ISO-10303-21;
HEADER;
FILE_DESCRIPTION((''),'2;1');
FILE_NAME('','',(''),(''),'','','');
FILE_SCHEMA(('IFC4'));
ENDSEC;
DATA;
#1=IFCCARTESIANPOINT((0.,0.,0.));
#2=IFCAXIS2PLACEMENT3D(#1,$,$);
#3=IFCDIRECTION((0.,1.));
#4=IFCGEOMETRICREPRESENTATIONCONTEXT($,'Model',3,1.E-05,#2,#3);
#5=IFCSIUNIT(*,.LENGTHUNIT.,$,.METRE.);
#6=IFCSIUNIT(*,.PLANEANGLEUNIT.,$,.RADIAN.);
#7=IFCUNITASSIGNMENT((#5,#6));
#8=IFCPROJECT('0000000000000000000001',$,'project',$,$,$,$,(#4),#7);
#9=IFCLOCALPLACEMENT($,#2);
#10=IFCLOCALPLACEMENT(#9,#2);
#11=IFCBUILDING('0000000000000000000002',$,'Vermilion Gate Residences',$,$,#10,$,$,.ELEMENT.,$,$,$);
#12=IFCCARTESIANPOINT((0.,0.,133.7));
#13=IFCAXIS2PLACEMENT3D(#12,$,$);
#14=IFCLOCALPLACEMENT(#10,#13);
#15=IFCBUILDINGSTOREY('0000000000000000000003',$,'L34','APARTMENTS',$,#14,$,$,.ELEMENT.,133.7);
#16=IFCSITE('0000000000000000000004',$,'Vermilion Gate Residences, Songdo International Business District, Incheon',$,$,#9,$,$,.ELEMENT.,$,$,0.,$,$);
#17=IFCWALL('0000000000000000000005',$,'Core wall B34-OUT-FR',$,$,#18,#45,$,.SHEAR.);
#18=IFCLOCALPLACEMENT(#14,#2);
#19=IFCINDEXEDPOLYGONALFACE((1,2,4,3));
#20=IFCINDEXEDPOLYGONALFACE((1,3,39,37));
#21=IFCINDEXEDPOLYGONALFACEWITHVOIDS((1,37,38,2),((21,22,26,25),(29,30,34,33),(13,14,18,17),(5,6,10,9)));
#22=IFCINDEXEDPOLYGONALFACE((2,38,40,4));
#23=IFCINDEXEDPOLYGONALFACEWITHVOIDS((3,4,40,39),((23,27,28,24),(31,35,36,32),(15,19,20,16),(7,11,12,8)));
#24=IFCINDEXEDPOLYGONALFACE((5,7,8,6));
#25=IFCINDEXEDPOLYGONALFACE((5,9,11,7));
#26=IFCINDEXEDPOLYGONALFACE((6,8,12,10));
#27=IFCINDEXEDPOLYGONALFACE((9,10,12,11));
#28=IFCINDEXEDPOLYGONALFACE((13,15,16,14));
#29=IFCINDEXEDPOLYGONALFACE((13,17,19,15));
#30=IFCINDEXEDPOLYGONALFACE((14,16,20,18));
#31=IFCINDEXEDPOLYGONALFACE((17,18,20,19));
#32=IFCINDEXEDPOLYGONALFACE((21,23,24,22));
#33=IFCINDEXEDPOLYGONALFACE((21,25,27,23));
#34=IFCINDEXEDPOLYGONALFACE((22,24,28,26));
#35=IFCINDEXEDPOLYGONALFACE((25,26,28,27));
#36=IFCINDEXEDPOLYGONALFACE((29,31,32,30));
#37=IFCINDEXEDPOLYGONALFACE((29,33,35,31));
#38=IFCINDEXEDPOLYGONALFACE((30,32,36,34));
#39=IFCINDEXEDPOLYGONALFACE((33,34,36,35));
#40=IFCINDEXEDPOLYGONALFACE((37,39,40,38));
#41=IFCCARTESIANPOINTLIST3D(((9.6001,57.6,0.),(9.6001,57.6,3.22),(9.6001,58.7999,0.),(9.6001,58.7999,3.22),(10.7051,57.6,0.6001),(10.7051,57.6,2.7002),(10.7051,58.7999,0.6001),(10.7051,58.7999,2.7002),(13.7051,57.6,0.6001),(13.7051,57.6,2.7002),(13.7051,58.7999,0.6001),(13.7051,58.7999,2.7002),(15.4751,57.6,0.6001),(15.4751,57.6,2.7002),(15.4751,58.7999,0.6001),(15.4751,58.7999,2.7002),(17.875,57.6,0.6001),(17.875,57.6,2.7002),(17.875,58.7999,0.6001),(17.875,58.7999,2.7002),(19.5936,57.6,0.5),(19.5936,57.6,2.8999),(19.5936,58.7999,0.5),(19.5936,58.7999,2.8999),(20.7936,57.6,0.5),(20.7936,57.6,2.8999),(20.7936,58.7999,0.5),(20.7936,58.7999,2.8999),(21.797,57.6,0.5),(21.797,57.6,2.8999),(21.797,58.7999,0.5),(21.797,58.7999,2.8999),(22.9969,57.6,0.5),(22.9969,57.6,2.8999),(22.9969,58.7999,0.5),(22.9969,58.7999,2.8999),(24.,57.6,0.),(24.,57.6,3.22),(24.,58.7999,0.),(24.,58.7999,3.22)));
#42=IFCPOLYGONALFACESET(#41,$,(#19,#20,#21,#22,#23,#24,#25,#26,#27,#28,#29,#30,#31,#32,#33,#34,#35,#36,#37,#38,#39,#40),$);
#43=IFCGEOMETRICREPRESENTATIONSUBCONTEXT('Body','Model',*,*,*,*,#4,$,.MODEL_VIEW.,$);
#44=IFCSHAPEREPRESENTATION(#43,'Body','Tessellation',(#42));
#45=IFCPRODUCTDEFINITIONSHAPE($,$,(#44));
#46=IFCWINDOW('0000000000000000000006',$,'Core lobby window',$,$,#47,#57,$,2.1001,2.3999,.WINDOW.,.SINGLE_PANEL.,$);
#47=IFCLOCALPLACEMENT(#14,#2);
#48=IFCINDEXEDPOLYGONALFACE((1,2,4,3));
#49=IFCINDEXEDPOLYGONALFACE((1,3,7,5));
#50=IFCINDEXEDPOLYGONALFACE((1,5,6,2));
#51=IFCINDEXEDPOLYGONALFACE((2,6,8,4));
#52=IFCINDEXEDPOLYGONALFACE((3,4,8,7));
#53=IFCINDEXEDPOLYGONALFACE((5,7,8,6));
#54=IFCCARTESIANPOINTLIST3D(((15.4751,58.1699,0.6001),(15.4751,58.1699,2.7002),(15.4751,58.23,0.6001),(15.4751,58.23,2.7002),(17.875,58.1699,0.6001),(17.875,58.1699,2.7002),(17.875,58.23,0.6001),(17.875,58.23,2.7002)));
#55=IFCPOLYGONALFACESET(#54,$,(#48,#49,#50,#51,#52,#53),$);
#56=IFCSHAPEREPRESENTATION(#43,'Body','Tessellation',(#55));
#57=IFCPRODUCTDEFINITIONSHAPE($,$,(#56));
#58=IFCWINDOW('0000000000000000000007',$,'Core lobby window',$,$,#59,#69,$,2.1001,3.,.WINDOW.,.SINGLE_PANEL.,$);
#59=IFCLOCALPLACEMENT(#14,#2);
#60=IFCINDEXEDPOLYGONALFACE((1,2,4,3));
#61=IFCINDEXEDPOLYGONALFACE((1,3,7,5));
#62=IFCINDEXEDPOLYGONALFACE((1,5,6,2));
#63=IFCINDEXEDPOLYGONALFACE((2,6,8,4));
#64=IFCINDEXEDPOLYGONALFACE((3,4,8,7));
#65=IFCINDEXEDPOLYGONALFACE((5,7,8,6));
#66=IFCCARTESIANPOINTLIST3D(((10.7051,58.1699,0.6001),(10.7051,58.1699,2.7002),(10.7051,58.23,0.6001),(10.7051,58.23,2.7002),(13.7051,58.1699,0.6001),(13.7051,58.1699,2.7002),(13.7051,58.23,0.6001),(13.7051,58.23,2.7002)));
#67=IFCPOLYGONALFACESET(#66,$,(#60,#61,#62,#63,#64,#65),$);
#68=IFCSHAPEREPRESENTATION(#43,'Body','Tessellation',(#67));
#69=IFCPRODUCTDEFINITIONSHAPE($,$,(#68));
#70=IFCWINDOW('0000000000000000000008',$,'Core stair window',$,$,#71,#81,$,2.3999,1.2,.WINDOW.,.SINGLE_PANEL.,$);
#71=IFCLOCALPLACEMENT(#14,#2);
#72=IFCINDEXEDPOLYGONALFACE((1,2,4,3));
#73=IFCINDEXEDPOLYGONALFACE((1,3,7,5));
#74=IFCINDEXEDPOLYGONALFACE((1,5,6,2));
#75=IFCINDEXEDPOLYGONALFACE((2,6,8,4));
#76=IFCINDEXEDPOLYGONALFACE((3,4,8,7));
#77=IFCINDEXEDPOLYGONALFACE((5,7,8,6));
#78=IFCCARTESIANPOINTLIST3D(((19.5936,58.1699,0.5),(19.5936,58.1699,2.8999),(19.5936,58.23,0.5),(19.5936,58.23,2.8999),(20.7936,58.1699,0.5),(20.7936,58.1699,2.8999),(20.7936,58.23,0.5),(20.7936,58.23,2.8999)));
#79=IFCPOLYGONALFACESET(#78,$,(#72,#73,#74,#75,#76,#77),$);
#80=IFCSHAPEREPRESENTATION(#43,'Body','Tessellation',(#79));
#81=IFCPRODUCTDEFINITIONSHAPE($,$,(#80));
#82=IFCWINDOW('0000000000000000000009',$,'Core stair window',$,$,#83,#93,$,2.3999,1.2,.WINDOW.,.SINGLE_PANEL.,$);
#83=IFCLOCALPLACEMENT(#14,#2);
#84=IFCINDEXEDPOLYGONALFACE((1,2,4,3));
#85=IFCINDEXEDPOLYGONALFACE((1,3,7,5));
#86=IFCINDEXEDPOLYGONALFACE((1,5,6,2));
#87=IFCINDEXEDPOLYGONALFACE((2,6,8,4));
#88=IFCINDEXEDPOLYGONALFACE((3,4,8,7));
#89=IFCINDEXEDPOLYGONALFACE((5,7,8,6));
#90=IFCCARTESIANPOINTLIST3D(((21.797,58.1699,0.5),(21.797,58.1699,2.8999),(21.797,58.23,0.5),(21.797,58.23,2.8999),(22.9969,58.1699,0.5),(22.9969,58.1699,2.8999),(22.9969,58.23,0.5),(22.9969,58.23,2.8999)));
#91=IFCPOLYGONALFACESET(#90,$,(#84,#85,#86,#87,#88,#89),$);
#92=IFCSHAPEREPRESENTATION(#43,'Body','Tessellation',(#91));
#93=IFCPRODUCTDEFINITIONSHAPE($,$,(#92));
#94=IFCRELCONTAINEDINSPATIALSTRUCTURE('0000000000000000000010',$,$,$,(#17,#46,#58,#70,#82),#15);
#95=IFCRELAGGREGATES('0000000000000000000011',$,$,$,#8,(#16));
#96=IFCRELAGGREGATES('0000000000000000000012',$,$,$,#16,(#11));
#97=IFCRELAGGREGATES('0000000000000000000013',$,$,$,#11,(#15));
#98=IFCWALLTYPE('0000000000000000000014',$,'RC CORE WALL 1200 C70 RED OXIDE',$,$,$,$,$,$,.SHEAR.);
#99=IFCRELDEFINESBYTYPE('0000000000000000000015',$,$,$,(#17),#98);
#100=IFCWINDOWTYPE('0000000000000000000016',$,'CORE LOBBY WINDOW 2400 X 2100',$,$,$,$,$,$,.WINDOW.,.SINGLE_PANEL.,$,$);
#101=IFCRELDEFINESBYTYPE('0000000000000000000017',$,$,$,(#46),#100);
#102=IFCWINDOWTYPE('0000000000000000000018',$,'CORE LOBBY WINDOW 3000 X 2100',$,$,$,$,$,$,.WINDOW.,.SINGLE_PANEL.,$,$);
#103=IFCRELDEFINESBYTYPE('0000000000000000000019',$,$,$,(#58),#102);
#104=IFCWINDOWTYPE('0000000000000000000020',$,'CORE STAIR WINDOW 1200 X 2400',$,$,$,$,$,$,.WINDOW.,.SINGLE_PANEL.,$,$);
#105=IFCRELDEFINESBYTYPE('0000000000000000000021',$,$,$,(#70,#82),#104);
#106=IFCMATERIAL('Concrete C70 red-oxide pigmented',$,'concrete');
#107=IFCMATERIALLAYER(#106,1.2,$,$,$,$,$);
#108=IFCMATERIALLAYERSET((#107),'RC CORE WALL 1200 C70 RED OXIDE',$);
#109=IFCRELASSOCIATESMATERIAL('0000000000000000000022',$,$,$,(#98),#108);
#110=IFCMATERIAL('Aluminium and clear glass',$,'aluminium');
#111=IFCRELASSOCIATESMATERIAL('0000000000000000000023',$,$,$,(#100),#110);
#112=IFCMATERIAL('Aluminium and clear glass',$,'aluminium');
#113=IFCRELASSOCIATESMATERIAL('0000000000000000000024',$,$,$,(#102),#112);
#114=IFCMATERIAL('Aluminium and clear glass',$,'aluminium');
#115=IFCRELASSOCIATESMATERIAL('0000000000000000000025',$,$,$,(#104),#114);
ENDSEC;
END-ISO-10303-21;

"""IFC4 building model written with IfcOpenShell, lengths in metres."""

from ifc_helpers import new_model, si_unit, direction, frame, frame_2d, origin, place, context, subcontext, project, spatial, rectangle, extrude, material, layer, layer_set, type_object, element, fill, save


model = new_model("IFC4")

# Units and contexts
model_context = context("Model", 3, precision=1e-05, world=origin(), true_north=direction((0.0, 1.0)))
body_context = subcontext(model_context, "Body", "Model", "MODEL_VIEW")
ifc_project = project(units=[si_unit("LENGTHUNIT", "METRE"), si_unit("PLANEANGLEUNIT", "RADIAN")], contexts=[model_context])

# Site, building, storey
site_placement = place(None, origin())
site = spatial("IfcSite", under=ifc_project, at=site_placement, Name="Vermilion Gate Residences, Songdo International Business District, Incheon", CompositionType="ELEMENT", RefElevation=0.0)
building_placement = place(site_placement, origin())
building = spatial("IfcBuilding", under=site, at=building_placement, Name="Vermilion Gate Residences", CompositionType="ELEMENT")
storey_placement = place(building_placement, frame((0.0, 0.0, 133.7)))
storey = spatial("IfcBuildingStorey", under=building, at=storey_placement, Name="L34", Description="APARTMENTS", CompositionType="ELEMENT", Elevation=133.7)

# Wall, openings, windows
ifc_material_1 = material(Name="Concrete C70 red-oxide pigmented", Category="concrete")
ifc_layer_1 = layer(ifc_material_1, 1.2)
ifc_layer_set_1 = layer_set([ifc_layer_1], Name="RC CORE WALL 1200 C70 RED OXIDE")
wall_type_1 = type_object("IfcWallType", Name="RC CORE WALL 1200 C70 RED OXIDE", PredefinedType="SHEAR", material=ifc_layer_set_1)
wall_1_placement = place(storey_placement, frame((9.6001, 58.2, 0.0), z_axis=(0.0, 0.0, 1.0), x_axis=(1.0, 0.0, 0.0)))
wall_1 = element("IfcWall", 1, at=wall_1_placement, inside=storey, type_object=wall_type_1, Name="Core wall B34-OUT-FR", PredefinedType="SHEAR", context=body_context, shape_type="SweptSolid", body=[
    extrude(rectangle(XDim=14.3999, YDim=1.2, at=frame_2d((7.2, 0.0))), origin(), (0.0, 0.0, 1.0), 3.22),
])
opening_1_placement = place(wall_1_placement, frame((1.105, 0.0, 0.6001)))
opening_1 = element("IfcOpeningElement", 2, at=opening_1_placement, cuts=wall_1, PredefinedType="OPENING", context=body_context, shape_type="SweptSolid", body=[
    extrude(rectangle(XDim=3.0, YDim=2.1001, at=frame_2d((1.5, 1.05))), frame((0.0, 0.6099, 0.0), z_axis=(0.0, -1.0, 0.0), x_axis=(1.0, 0.0, 0.0)), (0.0, 0.0, 1.0), 1.22),
])
opening_2_placement = place(wall_1_placement, frame((5.875, 0.0, 0.6001)))
opening_2 = element("IfcOpeningElement", 3, at=opening_2_placement, cuts=wall_1, PredefinedType="OPENING", context=body_context, shape_type="SweptSolid", body=[
    extrude(rectangle(XDim=2.3999, YDim=2.1001, at=frame_2d((1.2, 1.05))), frame((0.0, 0.6099, 0.0), z_axis=(0.0, -1.0, 0.0), x_axis=(1.0, 0.0, 0.0)), (0.0, 0.0, 1.0), 1.22),
])
opening_3_placement = place(wall_1_placement, frame((9.9934, 0.0, 0.5)))
opening_3 = element("IfcOpeningElement", 4, at=opening_3_placement, cuts=wall_1, PredefinedType="OPENING", context=body_context, shape_type="SweptSolid", body=[
    extrude(rectangle(XDim=1.2, YDim=2.3999, at=frame_2d((0.6001, 1.2))), frame((0.0, 0.6099, 0.0), z_axis=(0.0, -1.0, 0.0), x_axis=(1.0, 0.0, 0.0)), (0.0, 0.0, 1.0), 1.22),
])
opening_4_placement = place(wall_1_placement, frame((12.1968, 0.0, 0.5)))
opening_4 = element("IfcOpeningElement", 5, at=opening_4_placement, cuts=wall_1, PredefinedType="OPENING", context=body_context, shape_type="SweptSolid", body=[
    extrude(rectangle(XDim=1.2, YDim=2.3999, at=frame_2d((0.6001, 1.2))), frame((0.0, 0.6099, 0.0), z_axis=(0.0, -1.0, 0.0), x_axis=(1.0, 0.0, 0.0)), (0.0, 0.0, 1.0), 1.22),
])
ifc_material_2 = material(Name="Aluminium and clear glass", Category="aluminium")
window_type_1 = type_object("IfcWindowType", Name="CORE LOBBY WINDOW 2400 X 2100", PartitioningType="SINGLE_PANEL", PredefinedType="WINDOW", material=ifc_material_2)
window_1_placement = place(opening_2_placement, origin())
window_1 = element("IfcWindow", 6, at=window_1_placement, inside=storey, type_object=window_type_1, Name="Core lobby window", OverallHeight=2.1001, OverallWidth=2.3999, PartitioningType="SINGLE_PANEL", PredefinedType="WINDOW", context=body_context, shape_type="SweptSolid", body=[
    extrude(rectangle(XDim=2.3999, YDim=2.1001, at=frame_2d((1.2, 1.05))), frame((0.0, 0.03, 0.0), z_axis=(0.0, -1.0, 0.0), x_axis=(1.0, 0.0, 0.0)), (0.0, 0.0, 1.0), 0.0601),
])
fill(opening_2, window_1)
ifc_material_3 = material(Name="Aluminium and clear glass", Category="aluminium")
window_type_2 = type_object("IfcWindowType", Name="CORE LOBBY WINDOW 3000 X 2100", PartitioningType="SINGLE_PANEL", PredefinedType="WINDOW", material=ifc_material_3)
window_2_placement = place(opening_1_placement, origin())
window_2 = element("IfcWindow", 7, at=window_2_placement, inside=storey, type_object=window_type_2, Name="Core lobby window", OverallHeight=2.1001, OverallWidth=3.0, PartitioningType="SINGLE_PANEL", PredefinedType="WINDOW", context=body_context, shape_type="SweptSolid", body=[
    extrude(rectangle(XDim=3.0, YDim=2.1001, at=frame_2d((1.5, 1.05))), frame((0.0, 0.03, 0.0), z_axis=(0.0, -1.0, 0.0), x_axis=(1.0, 0.0, 0.0)), (0.0, 0.0, 1.0), 0.0601),
])
fill(opening_1, window_2)
ifc_material_4 = material(Name="Aluminium and clear glass", Category="aluminium")
window_type_3 = type_object("IfcWindowType", Name="CORE STAIR WINDOW 1200 X 2400", PartitioningType="SINGLE_PANEL", PredefinedType="WINDOW", material=ifc_material_4)
window_3_placement = place(opening_3_placement, origin())
window_3 = element("IfcWindow", 8, at=window_3_placement, inside=storey, type_object=window_type_3, Name="Core stair window", OverallHeight=2.3999, OverallWidth=1.2, PartitioningType="SINGLE_PANEL", PredefinedType="WINDOW", context=body_context, shape_type="SweptSolid", body=[
    extrude(rectangle(XDim=1.2, YDim=2.3999, at=frame_2d((0.6001, 1.2))), frame((0.0, 0.03, 0.0), z_axis=(0.0, -1.0, 0.0), x_axis=(1.0, 0.0, 0.0)), (0.0, 0.0, 1.0), 0.0601),
])
fill(opening_3, window_3)
window_4_placement = place(opening_4_placement, origin())
window_4 = element("IfcWindow", 9, at=window_4_placement, inside=storey, type_object=window_type_3, Name="Core stair window", OverallHeight=2.3999, OverallWidth=1.2, PartitioningType="SINGLE_PANEL", PredefinedType="WINDOW", context=body_context, shape_type="SweptSolid", body=[
    extrude(rectangle(XDim=1.2, YDim=2.3999, at=frame_2d((0.6001, 1.2))), frame((0.0, 0.03, 0.0), z_axis=(0.0, -1.0, 0.0), x_axis=(1.0, 0.0, 0.0)), (0.0, 0.0, 1.0), 0.0601),
])
fill(opening_4, window_4)

save(model, "model.ifc")
